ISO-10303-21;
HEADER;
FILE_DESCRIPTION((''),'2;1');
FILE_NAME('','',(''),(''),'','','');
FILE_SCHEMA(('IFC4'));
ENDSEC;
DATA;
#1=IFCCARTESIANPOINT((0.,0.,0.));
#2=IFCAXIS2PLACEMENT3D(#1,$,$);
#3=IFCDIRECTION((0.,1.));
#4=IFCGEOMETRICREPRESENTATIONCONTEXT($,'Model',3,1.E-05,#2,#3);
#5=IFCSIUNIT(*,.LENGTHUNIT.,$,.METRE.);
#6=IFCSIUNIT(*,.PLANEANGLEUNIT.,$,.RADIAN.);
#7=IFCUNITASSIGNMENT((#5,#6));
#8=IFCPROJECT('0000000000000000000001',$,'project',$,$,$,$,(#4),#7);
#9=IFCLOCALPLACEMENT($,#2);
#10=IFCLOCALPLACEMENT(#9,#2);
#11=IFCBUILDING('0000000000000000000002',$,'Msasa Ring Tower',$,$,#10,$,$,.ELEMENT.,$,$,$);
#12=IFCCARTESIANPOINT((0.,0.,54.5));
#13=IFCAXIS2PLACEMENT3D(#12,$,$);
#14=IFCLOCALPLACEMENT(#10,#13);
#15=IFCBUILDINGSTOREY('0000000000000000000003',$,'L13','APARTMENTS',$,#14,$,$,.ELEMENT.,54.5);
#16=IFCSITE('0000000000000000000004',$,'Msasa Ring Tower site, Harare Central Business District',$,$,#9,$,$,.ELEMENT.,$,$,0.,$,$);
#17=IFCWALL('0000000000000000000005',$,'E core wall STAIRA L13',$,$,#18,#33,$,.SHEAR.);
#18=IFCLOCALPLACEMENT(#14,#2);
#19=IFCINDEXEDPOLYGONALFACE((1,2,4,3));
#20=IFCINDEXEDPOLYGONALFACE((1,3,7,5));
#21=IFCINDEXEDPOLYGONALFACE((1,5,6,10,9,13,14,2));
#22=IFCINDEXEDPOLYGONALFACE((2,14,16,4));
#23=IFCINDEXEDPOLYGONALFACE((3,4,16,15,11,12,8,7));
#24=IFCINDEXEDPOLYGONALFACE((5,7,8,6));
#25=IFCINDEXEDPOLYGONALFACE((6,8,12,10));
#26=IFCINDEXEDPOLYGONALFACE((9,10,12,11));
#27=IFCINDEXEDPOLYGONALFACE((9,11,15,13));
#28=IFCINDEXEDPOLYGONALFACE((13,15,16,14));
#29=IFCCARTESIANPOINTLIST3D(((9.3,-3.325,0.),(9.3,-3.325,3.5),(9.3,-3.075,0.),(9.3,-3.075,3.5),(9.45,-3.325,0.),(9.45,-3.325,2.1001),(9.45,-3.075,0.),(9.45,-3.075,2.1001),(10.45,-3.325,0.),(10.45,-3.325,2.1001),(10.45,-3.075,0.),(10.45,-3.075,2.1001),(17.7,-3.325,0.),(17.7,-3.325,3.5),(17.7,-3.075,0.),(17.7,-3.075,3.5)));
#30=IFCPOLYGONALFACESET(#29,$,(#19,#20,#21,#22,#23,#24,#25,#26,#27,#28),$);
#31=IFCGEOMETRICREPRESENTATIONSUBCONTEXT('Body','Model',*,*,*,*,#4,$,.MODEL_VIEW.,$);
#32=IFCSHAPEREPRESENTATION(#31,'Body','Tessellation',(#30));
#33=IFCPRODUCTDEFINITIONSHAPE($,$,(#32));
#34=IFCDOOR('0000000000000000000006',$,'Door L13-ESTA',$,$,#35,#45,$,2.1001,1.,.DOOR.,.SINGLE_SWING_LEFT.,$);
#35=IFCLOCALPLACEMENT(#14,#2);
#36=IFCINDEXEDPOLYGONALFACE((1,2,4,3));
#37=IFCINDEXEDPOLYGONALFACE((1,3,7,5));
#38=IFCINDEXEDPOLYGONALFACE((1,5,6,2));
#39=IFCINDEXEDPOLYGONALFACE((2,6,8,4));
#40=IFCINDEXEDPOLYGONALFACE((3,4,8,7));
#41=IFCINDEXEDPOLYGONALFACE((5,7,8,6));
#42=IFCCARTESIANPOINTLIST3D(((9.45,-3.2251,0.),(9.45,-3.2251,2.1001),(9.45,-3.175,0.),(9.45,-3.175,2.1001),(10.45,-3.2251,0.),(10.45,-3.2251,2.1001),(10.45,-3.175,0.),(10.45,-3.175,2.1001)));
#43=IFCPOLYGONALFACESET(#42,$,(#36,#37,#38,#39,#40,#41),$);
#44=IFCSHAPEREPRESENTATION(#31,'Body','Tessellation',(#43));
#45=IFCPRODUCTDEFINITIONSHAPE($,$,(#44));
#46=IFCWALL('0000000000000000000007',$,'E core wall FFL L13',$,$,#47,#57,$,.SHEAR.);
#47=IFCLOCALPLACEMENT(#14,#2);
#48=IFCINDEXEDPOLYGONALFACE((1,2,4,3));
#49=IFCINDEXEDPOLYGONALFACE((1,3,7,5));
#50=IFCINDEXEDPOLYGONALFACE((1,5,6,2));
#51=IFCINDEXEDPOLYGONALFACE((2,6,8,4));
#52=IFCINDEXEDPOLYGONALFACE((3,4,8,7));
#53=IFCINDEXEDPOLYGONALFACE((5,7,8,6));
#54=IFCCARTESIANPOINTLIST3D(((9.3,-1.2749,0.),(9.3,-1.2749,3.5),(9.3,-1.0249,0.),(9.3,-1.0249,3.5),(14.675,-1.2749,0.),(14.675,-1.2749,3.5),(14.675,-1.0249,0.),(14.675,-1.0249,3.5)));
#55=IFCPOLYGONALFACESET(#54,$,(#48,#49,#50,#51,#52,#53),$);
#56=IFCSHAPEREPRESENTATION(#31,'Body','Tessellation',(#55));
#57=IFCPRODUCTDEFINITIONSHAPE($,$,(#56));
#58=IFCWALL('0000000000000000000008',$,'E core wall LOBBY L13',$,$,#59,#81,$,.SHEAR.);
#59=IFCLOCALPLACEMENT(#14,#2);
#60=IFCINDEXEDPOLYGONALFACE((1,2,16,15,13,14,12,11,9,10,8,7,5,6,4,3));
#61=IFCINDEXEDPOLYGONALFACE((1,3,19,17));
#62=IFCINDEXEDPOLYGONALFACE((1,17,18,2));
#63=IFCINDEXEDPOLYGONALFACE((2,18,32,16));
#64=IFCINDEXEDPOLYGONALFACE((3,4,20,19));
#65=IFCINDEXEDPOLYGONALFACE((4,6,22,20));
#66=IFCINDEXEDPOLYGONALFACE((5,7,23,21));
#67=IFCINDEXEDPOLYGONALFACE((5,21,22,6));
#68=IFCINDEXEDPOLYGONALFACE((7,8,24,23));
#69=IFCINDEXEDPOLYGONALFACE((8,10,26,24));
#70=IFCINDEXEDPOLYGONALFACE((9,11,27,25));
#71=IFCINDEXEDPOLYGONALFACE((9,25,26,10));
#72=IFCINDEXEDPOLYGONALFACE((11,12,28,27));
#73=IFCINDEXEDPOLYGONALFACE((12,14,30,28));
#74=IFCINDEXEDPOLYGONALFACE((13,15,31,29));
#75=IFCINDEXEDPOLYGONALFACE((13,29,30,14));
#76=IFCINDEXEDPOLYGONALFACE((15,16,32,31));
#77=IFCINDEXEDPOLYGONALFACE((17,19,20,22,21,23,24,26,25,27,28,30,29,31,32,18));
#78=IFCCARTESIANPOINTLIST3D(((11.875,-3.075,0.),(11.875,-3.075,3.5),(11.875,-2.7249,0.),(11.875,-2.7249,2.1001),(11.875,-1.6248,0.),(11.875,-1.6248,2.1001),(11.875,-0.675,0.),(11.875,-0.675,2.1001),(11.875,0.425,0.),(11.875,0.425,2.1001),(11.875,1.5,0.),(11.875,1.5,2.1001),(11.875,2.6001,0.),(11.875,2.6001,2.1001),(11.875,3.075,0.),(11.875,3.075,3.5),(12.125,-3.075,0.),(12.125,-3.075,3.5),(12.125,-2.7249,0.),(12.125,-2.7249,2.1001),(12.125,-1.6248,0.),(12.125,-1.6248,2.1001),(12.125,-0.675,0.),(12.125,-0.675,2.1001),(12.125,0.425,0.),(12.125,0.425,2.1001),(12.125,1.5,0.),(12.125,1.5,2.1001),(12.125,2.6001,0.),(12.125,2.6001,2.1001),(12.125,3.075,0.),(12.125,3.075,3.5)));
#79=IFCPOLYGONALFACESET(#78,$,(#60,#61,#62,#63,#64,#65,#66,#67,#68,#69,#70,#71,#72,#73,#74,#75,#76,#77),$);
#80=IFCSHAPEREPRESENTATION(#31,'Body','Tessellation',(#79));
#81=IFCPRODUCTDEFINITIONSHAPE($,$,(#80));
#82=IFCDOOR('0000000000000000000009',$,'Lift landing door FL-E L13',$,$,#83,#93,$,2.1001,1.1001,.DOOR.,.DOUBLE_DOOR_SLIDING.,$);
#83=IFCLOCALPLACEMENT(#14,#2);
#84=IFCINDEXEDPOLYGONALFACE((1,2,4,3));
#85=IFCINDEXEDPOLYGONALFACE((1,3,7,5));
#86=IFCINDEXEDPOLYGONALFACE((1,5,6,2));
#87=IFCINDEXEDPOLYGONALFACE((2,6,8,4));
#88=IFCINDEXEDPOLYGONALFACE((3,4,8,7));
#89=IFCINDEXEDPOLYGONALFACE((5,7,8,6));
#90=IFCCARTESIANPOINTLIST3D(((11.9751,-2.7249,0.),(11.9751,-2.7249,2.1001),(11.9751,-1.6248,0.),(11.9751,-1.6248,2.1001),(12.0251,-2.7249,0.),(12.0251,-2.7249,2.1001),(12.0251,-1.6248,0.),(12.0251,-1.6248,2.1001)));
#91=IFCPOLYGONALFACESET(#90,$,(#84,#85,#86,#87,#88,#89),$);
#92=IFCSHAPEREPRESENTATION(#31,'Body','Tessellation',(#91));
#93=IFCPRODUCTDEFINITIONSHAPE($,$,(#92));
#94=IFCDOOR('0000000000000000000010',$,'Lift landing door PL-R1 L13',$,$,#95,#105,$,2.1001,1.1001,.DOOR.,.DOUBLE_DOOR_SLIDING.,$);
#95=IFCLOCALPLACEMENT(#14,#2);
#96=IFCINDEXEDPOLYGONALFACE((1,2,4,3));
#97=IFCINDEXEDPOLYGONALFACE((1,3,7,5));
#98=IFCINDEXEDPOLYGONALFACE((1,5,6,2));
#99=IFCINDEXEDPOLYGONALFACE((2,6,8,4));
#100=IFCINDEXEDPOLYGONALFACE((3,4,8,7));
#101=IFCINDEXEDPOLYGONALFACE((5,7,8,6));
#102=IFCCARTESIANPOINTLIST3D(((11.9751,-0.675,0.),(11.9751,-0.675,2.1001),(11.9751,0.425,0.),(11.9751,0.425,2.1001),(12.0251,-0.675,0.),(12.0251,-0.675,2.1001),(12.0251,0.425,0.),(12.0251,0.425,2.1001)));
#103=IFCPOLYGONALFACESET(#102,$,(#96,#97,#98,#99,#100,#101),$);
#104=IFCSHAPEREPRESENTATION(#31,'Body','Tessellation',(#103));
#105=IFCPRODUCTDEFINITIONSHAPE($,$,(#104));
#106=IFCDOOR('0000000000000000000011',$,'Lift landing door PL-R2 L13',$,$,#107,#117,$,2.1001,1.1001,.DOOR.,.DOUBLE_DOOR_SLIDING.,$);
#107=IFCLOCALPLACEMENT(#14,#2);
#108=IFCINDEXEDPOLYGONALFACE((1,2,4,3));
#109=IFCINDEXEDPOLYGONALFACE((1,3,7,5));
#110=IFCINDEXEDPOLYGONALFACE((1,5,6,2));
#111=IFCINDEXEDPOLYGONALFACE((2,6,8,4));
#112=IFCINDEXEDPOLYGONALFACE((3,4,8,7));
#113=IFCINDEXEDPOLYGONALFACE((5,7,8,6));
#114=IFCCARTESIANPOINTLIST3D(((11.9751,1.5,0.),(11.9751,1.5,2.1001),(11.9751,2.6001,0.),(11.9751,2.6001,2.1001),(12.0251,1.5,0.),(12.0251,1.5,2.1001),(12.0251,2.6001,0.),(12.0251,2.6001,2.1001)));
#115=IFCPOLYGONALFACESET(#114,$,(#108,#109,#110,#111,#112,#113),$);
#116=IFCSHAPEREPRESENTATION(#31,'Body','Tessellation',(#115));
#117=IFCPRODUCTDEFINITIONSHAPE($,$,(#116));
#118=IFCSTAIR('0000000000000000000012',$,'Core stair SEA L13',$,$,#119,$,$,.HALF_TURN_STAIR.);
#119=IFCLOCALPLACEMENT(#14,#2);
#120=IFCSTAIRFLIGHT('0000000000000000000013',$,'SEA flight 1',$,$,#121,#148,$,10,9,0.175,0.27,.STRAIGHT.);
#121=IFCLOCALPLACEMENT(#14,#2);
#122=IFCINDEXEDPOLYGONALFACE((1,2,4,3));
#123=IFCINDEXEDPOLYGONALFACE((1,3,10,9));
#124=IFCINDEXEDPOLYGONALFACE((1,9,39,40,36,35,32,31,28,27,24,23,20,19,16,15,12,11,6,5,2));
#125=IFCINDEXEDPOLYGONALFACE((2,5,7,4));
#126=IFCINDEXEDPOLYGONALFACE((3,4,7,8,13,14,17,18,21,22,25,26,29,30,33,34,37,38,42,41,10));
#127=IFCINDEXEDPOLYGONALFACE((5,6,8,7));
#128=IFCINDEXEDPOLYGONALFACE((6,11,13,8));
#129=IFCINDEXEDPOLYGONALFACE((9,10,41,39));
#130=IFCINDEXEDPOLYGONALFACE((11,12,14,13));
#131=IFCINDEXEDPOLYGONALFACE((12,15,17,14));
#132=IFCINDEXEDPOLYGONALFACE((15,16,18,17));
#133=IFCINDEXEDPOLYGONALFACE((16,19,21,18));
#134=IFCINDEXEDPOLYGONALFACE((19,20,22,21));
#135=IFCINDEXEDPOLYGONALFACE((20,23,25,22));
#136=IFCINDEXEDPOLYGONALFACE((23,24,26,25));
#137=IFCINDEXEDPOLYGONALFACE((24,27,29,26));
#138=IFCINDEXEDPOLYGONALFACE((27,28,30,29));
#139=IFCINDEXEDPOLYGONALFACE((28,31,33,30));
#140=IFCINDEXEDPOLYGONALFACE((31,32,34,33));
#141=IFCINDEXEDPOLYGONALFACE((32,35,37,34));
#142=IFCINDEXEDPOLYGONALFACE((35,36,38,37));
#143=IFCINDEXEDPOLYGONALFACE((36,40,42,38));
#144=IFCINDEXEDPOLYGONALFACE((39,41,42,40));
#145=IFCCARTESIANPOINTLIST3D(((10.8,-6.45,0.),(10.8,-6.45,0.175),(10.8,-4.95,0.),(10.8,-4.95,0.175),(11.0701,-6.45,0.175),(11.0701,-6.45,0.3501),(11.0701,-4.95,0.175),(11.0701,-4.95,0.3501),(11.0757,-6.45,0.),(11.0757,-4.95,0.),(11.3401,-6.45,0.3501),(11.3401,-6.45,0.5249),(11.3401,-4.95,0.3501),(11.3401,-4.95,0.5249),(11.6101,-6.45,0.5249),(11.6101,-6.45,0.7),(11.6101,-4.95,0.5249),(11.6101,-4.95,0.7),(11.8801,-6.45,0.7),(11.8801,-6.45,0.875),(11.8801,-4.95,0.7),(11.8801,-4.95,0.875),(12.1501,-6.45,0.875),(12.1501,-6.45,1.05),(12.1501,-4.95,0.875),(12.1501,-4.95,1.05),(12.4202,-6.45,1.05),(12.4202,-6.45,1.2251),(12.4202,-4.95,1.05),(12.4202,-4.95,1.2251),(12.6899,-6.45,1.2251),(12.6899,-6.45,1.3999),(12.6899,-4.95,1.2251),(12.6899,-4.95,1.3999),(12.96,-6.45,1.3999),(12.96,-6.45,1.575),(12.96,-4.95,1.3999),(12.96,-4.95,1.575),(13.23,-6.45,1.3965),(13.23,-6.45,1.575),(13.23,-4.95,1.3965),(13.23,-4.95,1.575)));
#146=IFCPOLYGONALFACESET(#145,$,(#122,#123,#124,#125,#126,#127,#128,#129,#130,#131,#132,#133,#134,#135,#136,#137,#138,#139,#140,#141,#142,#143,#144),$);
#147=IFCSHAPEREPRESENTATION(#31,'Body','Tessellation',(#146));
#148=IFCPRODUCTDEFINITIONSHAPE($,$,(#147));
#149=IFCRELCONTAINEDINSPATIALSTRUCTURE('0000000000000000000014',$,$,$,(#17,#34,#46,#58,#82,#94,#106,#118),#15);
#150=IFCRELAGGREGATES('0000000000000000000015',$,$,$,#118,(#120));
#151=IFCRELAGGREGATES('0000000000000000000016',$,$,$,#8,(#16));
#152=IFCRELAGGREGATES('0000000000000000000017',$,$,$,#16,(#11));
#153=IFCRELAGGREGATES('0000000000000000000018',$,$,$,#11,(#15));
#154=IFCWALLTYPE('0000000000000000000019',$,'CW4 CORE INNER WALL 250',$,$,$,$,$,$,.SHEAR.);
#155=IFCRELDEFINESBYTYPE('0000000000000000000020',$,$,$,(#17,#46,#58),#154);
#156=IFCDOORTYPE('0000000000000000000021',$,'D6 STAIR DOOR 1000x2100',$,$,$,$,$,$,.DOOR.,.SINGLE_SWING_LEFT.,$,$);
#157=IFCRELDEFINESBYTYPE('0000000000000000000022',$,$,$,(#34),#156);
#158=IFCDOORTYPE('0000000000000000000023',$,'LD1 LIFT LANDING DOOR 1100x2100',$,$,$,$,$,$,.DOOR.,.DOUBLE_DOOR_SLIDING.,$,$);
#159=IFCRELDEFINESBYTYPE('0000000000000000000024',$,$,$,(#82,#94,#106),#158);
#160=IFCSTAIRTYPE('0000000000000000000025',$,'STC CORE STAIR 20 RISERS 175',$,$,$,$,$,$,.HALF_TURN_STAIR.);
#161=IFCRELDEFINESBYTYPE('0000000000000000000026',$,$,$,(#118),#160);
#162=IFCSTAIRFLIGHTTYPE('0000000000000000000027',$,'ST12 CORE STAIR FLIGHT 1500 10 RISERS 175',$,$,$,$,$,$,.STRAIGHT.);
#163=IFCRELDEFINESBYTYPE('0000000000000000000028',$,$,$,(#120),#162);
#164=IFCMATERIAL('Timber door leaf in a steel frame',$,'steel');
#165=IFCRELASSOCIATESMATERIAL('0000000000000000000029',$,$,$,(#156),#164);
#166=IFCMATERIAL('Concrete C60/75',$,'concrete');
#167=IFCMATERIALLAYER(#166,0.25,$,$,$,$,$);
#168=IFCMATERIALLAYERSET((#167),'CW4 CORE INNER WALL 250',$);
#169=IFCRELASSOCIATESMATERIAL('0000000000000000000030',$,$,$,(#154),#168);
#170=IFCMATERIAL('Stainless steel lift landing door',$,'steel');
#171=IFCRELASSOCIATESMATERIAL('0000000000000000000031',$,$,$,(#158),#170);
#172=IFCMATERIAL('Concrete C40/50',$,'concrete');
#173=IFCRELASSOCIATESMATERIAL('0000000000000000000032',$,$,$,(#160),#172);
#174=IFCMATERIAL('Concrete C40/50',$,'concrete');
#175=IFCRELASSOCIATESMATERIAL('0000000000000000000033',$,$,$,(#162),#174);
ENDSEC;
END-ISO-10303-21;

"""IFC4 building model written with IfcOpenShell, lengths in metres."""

from ifc_helpers import new_model, si_unit, direction, frame, frame_2d, origin, place, context, subcontext, project, spatial, polyline, rectangle, outline, extrude, material, layer, layer_set, type_object, element, fill, aggregate, save


model = new_model("IFC4")

# Units and contexts
model_context = context("Model", 3, precision=1e-05, world=origin(), true_north=direction((0.0, 1.0)))
body_context = subcontext(model_context, "Body", "Model", "MODEL_VIEW")
ifc_project = project(units=[si_unit("LENGTHUNIT", "METRE"), si_unit("PLANEANGLEUNIT", "RADIAN")], contexts=[model_context])

# Site, building, storey
site_placement = place(None, origin())
site = spatial("IfcSite", under=ifc_project, at=site_placement, Name="Msasa Ring Tower site, Harare Central Business District", CompositionType="ELEMENT", RefElevation=0.0)
building_placement = place(site_placement, origin())
building = spatial("IfcBuilding", under=site, at=building_placement, Name="Msasa Ring Tower", CompositionType="ELEMENT")
storey_placement = place(building_placement, frame((0.0, 0.0, 54.5)))
storey = spatial("IfcBuildingStorey", under=building, at=storey_placement, Name="L13", Description="APARTMENTS", CompositionType="ELEMENT", Elevation=54.5)

# Shared definitions
ifc_material_1 = material(Name="Timber door leaf in a steel frame", Category="steel")
door_type_1 = type_object("IfcDoorType", Name="D6 STAIR DOOR 1000x2100", OperationType="SINGLE_SWING_LEFT", PredefinedType="DOOR", material=ifc_material_1)

# Wall, opening, door
ifc_material_2 = material(Name="Concrete C60/75", Category="concrete")
ifc_layer_1 = layer(ifc_material_2, 0.25)
ifc_layer_set_1 = layer_set([ifc_layer_1], Name="CW4 CORE INNER WALL 250")
wall_type_1 = type_object("IfcWallType", Name="CW4 CORE INNER WALL 250", PredefinedType="SHEAR", material=ifc_layer_set_1)
wall_1_placement = place(storey_placement, frame((9.3, -3.2, 0.0), z_axis=(0.0, 0.0, 1.0), x_axis=(1.0, 0.0, 0.0)))
wall_1 = element("IfcWall", 1, at=wall_1_placement, inside=storey, type_object=wall_type_1, Name="E core wall STAIRA L13", PredefinedType="SHEAR", context=body_context, shape_type="SweptSolid", body=[
    extrude(rectangle(XDim=8.3999, YDim=0.25, at=frame_2d((4.2, 0.0))), origin(), (0.0, 0.0, 1.0), 3.5),
])
opening_1_placement = place(wall_1_placement, frame((0.1499, 0.0, 0.0)))
opening_1 = element("IfcOpeningElement", 2, at=opening_1_placement, cuts=wall_1, PredefinedType="OPENING", context=body_context, shape_type="SweptSolid", body=[
    extrude(rectangle(XDim=1.0, YDim=2.1001, at=frame_2d((0.5, 1.05))), frame((0.0, 0.135, 0.0), z_axis=(0.0, -1.0, 0.0), x_axis=(1.0, 0.0, 0.0)), (0.0, 0.0, 1.0), 0.27),
])
door_1_placement = place(opening_1_placement, origin())
door_1 = element("IfcDoor", 3, at=door_1_placement, inside=storey, type_object=door_type_1, Name="Door L13-ESTA", OperationType="SINGLE_SWING_LEFT", OverallHeight=2.1001, OverallWidth=1.0, PredefinedType="DOOR", context=body_context, shape_type="SweptSolid", body=[
    extrude(rectangle(XDim=1.0, YDim=2.1001, at=frame_2d((0.5, 1.05))), frame((0.0, 0.0249, 0.0), z_axis=(0.0, -1.0, 0.0), x_axis=(1.0, 0.0, 0.0)), (0.0, 0.0, 1.0), 0.05),
])
fill(opening_1, door_1)

# Wall
wall_2_placement = place(storey_placement, frame((9.3, -1.1499, 0.0), z_axis=(0.0, 0.0, 1.0), x_axis=(1.0, 0.0, 0.0)))
element("IfcWall", 4, at=wall_2_placement, inside=storey, type_object=wall_type_1, Name="E core wall FFL L13", PredefinedType="SHEAR", context=body_context, shape_type="SweptSolid", body=[
    extrude(rectangle(XDim=5.375, YDim=0.25, at=frame_2d((2.6875, 0.0))), origin(), (0.0, 0.0, 1.0), 3.5),
])

# Wall, openings, doors
wall_3_placement = place(storey_placement, frame((12.0, -3.075, 0.0), z_axis=(0.0, 0.0, 1.0), x_axis=(0.0, 1.0, 0.0)))
wall_3 = element("IfcWall", 5, at=wall_3_placement, inside=storey, type_object=wall_type_1, Name="E core wall LOBBY L13", PredefinedType="SHEAR", context=body_context, shape_type="SweptSolid", body=[
    extrude(rectangle(XDim=6.1499, YDim=0.25, at=frame_2d((3.075, 0.0))), origin(), (0.0, 0.0, 1.0), 3.5),
])
opening_2_placement = place(wall_3_placement, frame((0.3501, 0.0, 0.0)))
opening_2 = element("IfcOpeningElement", 6, at=opening_2_placement, cuts=wall_3, PredefinedType="OPENING", context=body_context, shape_type="SweptSolid", body=[
    extrude(rectangle(XDim=1.1001, YDim=2.1001, at=frame_2d((0.55, 1.05))), frame((0.0, 0.135, 0.0), z_axis=(0.0, -1.0, 0.0), x_axis=(1.0, 0.0, 0.0)), (0.0, 0.0, 1.0), 0.27),
])
opening_3_placement = place(wall_3_placement, frame((2.3999, 0.0, 0.0)))
opening_3 = element("IfcOpeningElement", 7, at=opening_3_placement, cuts=wall_3, PredefinedType="OPENING", context=body_context, shape_type="SweptSolid", body=[
    extrude(rectangle(XDim=1.1001, YDim=2.1001, at=frame_2d((0.55, 1.05))), frame((0.0, 0.135, 0.0), z_axis=(0.0, -1.0, 0.0), x_axis=(1.0, 0.0, 0.0)), (0.0, 0.0, 1.0), 0.27),
])
opening_4_placement = place(wall_3_placement, frame((4.575, 0.0, 0.0)))
opening_4 = element("IfcOpeningElement", 8, at=opening_4_placement, cuts=wall_3, PredefinedType="OPENING", context=body_context, shape_type="SweptSolid", body=[
    extrude(rectangle(XDim=1.1001, YDim=2.1001, at=frame_2d((0.55, 1.05))), frame((0.0, 0.135, 0.0), z_axis=(0.0, -1.0, 0.0), x_axis=(1.0, 0.0, 0.0)), (0.0, 0.0, 1.0), 0.27),
])
ifc_material_3 = material(Name="Stainless steel lift landing door", Category="steel")
door_type_2 = type_object("IfcDoorType", Name="LD1 LIFT LANDING DOOR 1100x2100", OperationType="DOUBLE_DOOR_SLIDING", PredefinedType="DOOR", material=ifc_material_3)
door_2_placement = place(opening_2_placement, origin())
door_2 = element("IfcDoor", 9, at=door_2_placement, inside=storey, type_object=door_type_2, Name="Lift landing door FL-E L13", OperationType="DOUBLE_DOOR_SLIDING", OverallHeight=2.1001, OverallWidth=1.1001, PredefinedType="DOOR", context=body_context, shape_type="SweptSolid", body=[
    extrude(rectangle(XDim=1.1001, YDim=2.1001, at=frame_2d((0.55, 1.05))), frame((0.0, 0.0249, 0.0), z_axis=(0.0, -1.0, 0.0), x_axis=(1.0, 0.0, 0.0)), (0.0, 0.0, 1.0), 0.05),
])
fill(opening_2, door_2)
door_3_placement = place(opening_3_placement, origin())
door_3 = element("IfcDoor", 10, at=door_3_placement, inside=storey, type_object=door_type_2, Name="Lift landing door PL-R1 L13", OperationType="DOUBLE_DOOR_SLIDING", OverallHeight=2.1001, OverallWidth=1.1001, PredefinedType="DOOR", context=body_context, shape_type="SweptSolid", body=[
    extrude(rectangle(XDim=1.1001, YDim=2.1001, at=frame_2d((0.55, 1.05))), frame((0.0, 0.0249, 0.0), z_axis=(0.0, -1.0, 0.0), x_axis=(1.0, 0.0, 0.0)), (0.0, 0.0, 1.0), 0.05),
])
fill(opening_3, door_3)
door_4_placement = place(opening_4_placement, origin())
door_4 = element("IfcDoor", 11, at=door_4_placement, inside=storey, type_object=door_type_2, Name="Lift landing door PL-R2 L13", OperationType="DOUBLE_DOOR_SLIDING", OverallHeight=2.1001, OverallWidth=1.1001, PredefinedType="DOOR", context=body_context, shape_type="SweptSolid", body=[
    extrude(rectangle(XDim=1.1001, YDim=2.1001, at=frame_2d((0.55, 1.05))), frame((0.0, 0.0249, 0.0), z_axis=(0.0, -1.0, 0.0), x_axis=(1.0, 0.0, 0.0)), (0.0, 0.0, 1.0), 0.05),
])
fill(opening_4, door_4)

# Stair, stair flight
ifc_material_4 = material(Name="Concrete C40/50", Category="concrete")
stair_type = type_object("IfcStairType", Name="STC CORE STAIR 20 RISERS 175", PredefinedType="HALF_TURN_STAIR", material=ifc_material_4)
stair_placement = place(storey_placement, origin())
stair = element("IfcStair", 12, at=stair_placement, inside=storey, type_object=stair_type, Name="Core stair SEA L13", PredefinedType="HALF_TURN_STAIR")
ifc_material_5 = material(Name="Concrete C40/50", Category="concrete")
stair_flight_type = type_object("IfcStairFlightType", Name="ST12 CORE STAIR FLIGHT 1500 10 RISERS 175", PredefinedType="STRAIGHT", material=ifc_material_5)
stair_flight_placement = place(storey_placement, frame((10.8, -5.7, 0.0), z_axis=(0.0, 0.0, 1.0), x_axis=(1.0, 0.0, 0.0)))
stair_flight = element("IfcStairFlight", 13, at=stair_flight_placement, type_object=stair_flight_type, Name="SEA flight 1", NumberOfRisers=10, NumberOfTreads=9, PredefinedType="STRAIGHT", RiserHeight=0.175, TreadLength=0.27, context=body_context, shape_type="SweptSolid", body=[
    extrude(outline(polyline([(0.0, 0.0), (0.0, 0.175), (0.27, 0.175), (0.27, 0.3501), (0.54, 0.3501), (0.54, 0.5249), (0.8101, 0.5249), (0.8101, 0.7), (1.0801, 0.7), (1.0801, 0.875), (1.3501, 0.875), (1.3501, 1.05), (1.6201, 1.05), (1.6201, 1.2251), (1.8899, 1.2251), (1.8899, 1.3999), (2.1599, 1.3999), (2.1599, 1.575), (2.4299, 1.575), (2.4299, 1.75), (2.4299, 1.3965), (0.2756, 0.0), (0.0, 0.0)])), frame((0.0, 0.75, 0.0), z_axis=(0.0, -1.0, 0.0), x_axis=(1.0, 0.0, 0.0)), (0.0, 0.0, 1.0), 1.5),
])
aggregate(stair, [stair_flight])

save(model, "model.ifc")
